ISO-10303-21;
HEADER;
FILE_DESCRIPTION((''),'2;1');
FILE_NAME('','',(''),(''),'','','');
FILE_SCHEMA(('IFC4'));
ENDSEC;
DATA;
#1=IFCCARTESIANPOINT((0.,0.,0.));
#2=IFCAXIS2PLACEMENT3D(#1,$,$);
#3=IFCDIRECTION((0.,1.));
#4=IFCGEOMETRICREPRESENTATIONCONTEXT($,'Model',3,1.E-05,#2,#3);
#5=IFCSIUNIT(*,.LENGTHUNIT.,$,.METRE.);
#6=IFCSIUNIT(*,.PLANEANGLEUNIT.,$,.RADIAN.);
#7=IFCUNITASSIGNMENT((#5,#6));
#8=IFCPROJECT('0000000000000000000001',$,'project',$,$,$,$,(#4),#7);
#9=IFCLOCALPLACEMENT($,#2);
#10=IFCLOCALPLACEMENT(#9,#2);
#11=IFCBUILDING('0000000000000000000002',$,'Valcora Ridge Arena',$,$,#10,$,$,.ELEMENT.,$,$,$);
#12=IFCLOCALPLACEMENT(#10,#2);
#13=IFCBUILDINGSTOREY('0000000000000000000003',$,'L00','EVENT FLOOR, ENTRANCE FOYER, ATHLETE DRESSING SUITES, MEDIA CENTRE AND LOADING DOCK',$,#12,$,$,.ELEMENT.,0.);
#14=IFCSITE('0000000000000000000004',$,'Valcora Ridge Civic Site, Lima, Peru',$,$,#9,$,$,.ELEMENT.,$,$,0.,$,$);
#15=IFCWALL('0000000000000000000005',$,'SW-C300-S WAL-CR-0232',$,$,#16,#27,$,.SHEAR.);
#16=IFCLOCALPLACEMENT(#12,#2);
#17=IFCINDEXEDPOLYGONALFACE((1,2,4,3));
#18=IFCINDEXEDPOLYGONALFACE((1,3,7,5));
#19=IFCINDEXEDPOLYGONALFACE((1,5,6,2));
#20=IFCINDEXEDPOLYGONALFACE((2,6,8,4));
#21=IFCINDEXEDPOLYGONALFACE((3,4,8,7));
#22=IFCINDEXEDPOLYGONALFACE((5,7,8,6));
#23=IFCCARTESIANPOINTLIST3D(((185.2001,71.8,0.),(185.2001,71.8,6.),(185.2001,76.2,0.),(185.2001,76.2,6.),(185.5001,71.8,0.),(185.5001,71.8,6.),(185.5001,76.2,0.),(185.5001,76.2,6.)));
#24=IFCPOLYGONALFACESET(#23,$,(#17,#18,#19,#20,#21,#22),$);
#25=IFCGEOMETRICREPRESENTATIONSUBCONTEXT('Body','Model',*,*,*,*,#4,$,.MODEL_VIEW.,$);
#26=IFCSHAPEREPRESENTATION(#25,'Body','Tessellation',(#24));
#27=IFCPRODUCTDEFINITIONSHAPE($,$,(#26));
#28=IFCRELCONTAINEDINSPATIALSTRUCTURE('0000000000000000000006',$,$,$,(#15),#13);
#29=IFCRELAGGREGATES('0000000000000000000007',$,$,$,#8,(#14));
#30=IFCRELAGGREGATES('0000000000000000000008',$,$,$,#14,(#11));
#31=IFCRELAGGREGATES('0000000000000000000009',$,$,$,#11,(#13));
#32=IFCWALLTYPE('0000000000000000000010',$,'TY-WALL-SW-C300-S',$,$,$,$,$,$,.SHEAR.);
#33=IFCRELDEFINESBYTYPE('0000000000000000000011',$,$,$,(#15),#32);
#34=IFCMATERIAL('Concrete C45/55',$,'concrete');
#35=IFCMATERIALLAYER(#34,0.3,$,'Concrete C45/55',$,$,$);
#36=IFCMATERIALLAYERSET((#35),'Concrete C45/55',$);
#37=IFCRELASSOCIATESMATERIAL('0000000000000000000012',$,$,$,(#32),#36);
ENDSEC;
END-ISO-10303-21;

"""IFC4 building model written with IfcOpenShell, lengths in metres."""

from ifc_helpers import new_model, si_unit, direction, frame, frame_2d, origin, place, context, subcontext, project, spatial, rectangle, extrude, material, layer, layer_set, type_object, element, save


model = new_model("IFC4")

# Units and contexts
model_context = context("Model", 3, precision=1e-05, world=origin(), true_north=direction((0.0, 1.0)))
body_context = subcontext(model_context, "Body", "Model", "MODEL_VIEW")
ifc_project = project(units=[si_unit("LENGTHUNIT", "METRE"), si_unit("PLANEANGLEUNIT", "RADIAN")], contexts=[model_context])

# Site, building, storey
site_placement = place(None, origin())
site = spatial("IfcSite", under=ifc_project, at=site_placement, Name="Valcora Ridge Civic Site, Lima, Peru", CompositionType="ELEMENT", RefElevation=0.0)
building_placement = place(site_placement, origin())
building = spatial("IfcBuilding", under=site, at=building_placement, Name="Valcora Ridge Arena", CompositionType="ELEMENT")
storey_placement = place(building_placement, origin())
storey = spatial("IfcBuildingStorey", under=building, at=storey_placement, Name="L00", Description="EVENT FLOOR, ENTRANCE FOYER, ATHLETE DRESSING SUITES, MEDIA CENTRE AND LOADING DOCK", CompositionType="ELEMENT", Elevation=0.0)

# Shared definitions
ifc_material_1 = material(Name="Concrete C45/55", Category="concrete")

# Shared definitions
ifc_layer_1 = layer(ifc_material_1, 0.3, Name="Concrete C45/55")
ifc_layer_set_1 = layer_set([ifc_layer_1], Name="Concrete C45/55")
wall_type_1 = type_object("IfcWallType", Name="TY-WALL-SW-C300-S", PredefinedType="SHEAR", material=ifc_layer_set_1)

# Wall
wall_1_placement = place(storey_placement, frame((185.3501, 71.8, 0.0), z_axis=(0.0, 0.0, 1.0), x_axis=(0.0, 1.0, 0.0)))
element("IfcWall", 1, at=wall_1_placement, inside=storey, type_object=wall_type_1, Name="SW-C300-S WAL-CR-0232", PredefinedType="SHEAR", context=body_context, shape_type="SweptSolid", body=[
    extrude(rectangle(XDim=4.3999, YDim=0.3, at=frame_2d((2.2, 0.0))), origin(), (0.0, 0.0, 1.0), 6.0),
])

save(model, "model.ifc")
